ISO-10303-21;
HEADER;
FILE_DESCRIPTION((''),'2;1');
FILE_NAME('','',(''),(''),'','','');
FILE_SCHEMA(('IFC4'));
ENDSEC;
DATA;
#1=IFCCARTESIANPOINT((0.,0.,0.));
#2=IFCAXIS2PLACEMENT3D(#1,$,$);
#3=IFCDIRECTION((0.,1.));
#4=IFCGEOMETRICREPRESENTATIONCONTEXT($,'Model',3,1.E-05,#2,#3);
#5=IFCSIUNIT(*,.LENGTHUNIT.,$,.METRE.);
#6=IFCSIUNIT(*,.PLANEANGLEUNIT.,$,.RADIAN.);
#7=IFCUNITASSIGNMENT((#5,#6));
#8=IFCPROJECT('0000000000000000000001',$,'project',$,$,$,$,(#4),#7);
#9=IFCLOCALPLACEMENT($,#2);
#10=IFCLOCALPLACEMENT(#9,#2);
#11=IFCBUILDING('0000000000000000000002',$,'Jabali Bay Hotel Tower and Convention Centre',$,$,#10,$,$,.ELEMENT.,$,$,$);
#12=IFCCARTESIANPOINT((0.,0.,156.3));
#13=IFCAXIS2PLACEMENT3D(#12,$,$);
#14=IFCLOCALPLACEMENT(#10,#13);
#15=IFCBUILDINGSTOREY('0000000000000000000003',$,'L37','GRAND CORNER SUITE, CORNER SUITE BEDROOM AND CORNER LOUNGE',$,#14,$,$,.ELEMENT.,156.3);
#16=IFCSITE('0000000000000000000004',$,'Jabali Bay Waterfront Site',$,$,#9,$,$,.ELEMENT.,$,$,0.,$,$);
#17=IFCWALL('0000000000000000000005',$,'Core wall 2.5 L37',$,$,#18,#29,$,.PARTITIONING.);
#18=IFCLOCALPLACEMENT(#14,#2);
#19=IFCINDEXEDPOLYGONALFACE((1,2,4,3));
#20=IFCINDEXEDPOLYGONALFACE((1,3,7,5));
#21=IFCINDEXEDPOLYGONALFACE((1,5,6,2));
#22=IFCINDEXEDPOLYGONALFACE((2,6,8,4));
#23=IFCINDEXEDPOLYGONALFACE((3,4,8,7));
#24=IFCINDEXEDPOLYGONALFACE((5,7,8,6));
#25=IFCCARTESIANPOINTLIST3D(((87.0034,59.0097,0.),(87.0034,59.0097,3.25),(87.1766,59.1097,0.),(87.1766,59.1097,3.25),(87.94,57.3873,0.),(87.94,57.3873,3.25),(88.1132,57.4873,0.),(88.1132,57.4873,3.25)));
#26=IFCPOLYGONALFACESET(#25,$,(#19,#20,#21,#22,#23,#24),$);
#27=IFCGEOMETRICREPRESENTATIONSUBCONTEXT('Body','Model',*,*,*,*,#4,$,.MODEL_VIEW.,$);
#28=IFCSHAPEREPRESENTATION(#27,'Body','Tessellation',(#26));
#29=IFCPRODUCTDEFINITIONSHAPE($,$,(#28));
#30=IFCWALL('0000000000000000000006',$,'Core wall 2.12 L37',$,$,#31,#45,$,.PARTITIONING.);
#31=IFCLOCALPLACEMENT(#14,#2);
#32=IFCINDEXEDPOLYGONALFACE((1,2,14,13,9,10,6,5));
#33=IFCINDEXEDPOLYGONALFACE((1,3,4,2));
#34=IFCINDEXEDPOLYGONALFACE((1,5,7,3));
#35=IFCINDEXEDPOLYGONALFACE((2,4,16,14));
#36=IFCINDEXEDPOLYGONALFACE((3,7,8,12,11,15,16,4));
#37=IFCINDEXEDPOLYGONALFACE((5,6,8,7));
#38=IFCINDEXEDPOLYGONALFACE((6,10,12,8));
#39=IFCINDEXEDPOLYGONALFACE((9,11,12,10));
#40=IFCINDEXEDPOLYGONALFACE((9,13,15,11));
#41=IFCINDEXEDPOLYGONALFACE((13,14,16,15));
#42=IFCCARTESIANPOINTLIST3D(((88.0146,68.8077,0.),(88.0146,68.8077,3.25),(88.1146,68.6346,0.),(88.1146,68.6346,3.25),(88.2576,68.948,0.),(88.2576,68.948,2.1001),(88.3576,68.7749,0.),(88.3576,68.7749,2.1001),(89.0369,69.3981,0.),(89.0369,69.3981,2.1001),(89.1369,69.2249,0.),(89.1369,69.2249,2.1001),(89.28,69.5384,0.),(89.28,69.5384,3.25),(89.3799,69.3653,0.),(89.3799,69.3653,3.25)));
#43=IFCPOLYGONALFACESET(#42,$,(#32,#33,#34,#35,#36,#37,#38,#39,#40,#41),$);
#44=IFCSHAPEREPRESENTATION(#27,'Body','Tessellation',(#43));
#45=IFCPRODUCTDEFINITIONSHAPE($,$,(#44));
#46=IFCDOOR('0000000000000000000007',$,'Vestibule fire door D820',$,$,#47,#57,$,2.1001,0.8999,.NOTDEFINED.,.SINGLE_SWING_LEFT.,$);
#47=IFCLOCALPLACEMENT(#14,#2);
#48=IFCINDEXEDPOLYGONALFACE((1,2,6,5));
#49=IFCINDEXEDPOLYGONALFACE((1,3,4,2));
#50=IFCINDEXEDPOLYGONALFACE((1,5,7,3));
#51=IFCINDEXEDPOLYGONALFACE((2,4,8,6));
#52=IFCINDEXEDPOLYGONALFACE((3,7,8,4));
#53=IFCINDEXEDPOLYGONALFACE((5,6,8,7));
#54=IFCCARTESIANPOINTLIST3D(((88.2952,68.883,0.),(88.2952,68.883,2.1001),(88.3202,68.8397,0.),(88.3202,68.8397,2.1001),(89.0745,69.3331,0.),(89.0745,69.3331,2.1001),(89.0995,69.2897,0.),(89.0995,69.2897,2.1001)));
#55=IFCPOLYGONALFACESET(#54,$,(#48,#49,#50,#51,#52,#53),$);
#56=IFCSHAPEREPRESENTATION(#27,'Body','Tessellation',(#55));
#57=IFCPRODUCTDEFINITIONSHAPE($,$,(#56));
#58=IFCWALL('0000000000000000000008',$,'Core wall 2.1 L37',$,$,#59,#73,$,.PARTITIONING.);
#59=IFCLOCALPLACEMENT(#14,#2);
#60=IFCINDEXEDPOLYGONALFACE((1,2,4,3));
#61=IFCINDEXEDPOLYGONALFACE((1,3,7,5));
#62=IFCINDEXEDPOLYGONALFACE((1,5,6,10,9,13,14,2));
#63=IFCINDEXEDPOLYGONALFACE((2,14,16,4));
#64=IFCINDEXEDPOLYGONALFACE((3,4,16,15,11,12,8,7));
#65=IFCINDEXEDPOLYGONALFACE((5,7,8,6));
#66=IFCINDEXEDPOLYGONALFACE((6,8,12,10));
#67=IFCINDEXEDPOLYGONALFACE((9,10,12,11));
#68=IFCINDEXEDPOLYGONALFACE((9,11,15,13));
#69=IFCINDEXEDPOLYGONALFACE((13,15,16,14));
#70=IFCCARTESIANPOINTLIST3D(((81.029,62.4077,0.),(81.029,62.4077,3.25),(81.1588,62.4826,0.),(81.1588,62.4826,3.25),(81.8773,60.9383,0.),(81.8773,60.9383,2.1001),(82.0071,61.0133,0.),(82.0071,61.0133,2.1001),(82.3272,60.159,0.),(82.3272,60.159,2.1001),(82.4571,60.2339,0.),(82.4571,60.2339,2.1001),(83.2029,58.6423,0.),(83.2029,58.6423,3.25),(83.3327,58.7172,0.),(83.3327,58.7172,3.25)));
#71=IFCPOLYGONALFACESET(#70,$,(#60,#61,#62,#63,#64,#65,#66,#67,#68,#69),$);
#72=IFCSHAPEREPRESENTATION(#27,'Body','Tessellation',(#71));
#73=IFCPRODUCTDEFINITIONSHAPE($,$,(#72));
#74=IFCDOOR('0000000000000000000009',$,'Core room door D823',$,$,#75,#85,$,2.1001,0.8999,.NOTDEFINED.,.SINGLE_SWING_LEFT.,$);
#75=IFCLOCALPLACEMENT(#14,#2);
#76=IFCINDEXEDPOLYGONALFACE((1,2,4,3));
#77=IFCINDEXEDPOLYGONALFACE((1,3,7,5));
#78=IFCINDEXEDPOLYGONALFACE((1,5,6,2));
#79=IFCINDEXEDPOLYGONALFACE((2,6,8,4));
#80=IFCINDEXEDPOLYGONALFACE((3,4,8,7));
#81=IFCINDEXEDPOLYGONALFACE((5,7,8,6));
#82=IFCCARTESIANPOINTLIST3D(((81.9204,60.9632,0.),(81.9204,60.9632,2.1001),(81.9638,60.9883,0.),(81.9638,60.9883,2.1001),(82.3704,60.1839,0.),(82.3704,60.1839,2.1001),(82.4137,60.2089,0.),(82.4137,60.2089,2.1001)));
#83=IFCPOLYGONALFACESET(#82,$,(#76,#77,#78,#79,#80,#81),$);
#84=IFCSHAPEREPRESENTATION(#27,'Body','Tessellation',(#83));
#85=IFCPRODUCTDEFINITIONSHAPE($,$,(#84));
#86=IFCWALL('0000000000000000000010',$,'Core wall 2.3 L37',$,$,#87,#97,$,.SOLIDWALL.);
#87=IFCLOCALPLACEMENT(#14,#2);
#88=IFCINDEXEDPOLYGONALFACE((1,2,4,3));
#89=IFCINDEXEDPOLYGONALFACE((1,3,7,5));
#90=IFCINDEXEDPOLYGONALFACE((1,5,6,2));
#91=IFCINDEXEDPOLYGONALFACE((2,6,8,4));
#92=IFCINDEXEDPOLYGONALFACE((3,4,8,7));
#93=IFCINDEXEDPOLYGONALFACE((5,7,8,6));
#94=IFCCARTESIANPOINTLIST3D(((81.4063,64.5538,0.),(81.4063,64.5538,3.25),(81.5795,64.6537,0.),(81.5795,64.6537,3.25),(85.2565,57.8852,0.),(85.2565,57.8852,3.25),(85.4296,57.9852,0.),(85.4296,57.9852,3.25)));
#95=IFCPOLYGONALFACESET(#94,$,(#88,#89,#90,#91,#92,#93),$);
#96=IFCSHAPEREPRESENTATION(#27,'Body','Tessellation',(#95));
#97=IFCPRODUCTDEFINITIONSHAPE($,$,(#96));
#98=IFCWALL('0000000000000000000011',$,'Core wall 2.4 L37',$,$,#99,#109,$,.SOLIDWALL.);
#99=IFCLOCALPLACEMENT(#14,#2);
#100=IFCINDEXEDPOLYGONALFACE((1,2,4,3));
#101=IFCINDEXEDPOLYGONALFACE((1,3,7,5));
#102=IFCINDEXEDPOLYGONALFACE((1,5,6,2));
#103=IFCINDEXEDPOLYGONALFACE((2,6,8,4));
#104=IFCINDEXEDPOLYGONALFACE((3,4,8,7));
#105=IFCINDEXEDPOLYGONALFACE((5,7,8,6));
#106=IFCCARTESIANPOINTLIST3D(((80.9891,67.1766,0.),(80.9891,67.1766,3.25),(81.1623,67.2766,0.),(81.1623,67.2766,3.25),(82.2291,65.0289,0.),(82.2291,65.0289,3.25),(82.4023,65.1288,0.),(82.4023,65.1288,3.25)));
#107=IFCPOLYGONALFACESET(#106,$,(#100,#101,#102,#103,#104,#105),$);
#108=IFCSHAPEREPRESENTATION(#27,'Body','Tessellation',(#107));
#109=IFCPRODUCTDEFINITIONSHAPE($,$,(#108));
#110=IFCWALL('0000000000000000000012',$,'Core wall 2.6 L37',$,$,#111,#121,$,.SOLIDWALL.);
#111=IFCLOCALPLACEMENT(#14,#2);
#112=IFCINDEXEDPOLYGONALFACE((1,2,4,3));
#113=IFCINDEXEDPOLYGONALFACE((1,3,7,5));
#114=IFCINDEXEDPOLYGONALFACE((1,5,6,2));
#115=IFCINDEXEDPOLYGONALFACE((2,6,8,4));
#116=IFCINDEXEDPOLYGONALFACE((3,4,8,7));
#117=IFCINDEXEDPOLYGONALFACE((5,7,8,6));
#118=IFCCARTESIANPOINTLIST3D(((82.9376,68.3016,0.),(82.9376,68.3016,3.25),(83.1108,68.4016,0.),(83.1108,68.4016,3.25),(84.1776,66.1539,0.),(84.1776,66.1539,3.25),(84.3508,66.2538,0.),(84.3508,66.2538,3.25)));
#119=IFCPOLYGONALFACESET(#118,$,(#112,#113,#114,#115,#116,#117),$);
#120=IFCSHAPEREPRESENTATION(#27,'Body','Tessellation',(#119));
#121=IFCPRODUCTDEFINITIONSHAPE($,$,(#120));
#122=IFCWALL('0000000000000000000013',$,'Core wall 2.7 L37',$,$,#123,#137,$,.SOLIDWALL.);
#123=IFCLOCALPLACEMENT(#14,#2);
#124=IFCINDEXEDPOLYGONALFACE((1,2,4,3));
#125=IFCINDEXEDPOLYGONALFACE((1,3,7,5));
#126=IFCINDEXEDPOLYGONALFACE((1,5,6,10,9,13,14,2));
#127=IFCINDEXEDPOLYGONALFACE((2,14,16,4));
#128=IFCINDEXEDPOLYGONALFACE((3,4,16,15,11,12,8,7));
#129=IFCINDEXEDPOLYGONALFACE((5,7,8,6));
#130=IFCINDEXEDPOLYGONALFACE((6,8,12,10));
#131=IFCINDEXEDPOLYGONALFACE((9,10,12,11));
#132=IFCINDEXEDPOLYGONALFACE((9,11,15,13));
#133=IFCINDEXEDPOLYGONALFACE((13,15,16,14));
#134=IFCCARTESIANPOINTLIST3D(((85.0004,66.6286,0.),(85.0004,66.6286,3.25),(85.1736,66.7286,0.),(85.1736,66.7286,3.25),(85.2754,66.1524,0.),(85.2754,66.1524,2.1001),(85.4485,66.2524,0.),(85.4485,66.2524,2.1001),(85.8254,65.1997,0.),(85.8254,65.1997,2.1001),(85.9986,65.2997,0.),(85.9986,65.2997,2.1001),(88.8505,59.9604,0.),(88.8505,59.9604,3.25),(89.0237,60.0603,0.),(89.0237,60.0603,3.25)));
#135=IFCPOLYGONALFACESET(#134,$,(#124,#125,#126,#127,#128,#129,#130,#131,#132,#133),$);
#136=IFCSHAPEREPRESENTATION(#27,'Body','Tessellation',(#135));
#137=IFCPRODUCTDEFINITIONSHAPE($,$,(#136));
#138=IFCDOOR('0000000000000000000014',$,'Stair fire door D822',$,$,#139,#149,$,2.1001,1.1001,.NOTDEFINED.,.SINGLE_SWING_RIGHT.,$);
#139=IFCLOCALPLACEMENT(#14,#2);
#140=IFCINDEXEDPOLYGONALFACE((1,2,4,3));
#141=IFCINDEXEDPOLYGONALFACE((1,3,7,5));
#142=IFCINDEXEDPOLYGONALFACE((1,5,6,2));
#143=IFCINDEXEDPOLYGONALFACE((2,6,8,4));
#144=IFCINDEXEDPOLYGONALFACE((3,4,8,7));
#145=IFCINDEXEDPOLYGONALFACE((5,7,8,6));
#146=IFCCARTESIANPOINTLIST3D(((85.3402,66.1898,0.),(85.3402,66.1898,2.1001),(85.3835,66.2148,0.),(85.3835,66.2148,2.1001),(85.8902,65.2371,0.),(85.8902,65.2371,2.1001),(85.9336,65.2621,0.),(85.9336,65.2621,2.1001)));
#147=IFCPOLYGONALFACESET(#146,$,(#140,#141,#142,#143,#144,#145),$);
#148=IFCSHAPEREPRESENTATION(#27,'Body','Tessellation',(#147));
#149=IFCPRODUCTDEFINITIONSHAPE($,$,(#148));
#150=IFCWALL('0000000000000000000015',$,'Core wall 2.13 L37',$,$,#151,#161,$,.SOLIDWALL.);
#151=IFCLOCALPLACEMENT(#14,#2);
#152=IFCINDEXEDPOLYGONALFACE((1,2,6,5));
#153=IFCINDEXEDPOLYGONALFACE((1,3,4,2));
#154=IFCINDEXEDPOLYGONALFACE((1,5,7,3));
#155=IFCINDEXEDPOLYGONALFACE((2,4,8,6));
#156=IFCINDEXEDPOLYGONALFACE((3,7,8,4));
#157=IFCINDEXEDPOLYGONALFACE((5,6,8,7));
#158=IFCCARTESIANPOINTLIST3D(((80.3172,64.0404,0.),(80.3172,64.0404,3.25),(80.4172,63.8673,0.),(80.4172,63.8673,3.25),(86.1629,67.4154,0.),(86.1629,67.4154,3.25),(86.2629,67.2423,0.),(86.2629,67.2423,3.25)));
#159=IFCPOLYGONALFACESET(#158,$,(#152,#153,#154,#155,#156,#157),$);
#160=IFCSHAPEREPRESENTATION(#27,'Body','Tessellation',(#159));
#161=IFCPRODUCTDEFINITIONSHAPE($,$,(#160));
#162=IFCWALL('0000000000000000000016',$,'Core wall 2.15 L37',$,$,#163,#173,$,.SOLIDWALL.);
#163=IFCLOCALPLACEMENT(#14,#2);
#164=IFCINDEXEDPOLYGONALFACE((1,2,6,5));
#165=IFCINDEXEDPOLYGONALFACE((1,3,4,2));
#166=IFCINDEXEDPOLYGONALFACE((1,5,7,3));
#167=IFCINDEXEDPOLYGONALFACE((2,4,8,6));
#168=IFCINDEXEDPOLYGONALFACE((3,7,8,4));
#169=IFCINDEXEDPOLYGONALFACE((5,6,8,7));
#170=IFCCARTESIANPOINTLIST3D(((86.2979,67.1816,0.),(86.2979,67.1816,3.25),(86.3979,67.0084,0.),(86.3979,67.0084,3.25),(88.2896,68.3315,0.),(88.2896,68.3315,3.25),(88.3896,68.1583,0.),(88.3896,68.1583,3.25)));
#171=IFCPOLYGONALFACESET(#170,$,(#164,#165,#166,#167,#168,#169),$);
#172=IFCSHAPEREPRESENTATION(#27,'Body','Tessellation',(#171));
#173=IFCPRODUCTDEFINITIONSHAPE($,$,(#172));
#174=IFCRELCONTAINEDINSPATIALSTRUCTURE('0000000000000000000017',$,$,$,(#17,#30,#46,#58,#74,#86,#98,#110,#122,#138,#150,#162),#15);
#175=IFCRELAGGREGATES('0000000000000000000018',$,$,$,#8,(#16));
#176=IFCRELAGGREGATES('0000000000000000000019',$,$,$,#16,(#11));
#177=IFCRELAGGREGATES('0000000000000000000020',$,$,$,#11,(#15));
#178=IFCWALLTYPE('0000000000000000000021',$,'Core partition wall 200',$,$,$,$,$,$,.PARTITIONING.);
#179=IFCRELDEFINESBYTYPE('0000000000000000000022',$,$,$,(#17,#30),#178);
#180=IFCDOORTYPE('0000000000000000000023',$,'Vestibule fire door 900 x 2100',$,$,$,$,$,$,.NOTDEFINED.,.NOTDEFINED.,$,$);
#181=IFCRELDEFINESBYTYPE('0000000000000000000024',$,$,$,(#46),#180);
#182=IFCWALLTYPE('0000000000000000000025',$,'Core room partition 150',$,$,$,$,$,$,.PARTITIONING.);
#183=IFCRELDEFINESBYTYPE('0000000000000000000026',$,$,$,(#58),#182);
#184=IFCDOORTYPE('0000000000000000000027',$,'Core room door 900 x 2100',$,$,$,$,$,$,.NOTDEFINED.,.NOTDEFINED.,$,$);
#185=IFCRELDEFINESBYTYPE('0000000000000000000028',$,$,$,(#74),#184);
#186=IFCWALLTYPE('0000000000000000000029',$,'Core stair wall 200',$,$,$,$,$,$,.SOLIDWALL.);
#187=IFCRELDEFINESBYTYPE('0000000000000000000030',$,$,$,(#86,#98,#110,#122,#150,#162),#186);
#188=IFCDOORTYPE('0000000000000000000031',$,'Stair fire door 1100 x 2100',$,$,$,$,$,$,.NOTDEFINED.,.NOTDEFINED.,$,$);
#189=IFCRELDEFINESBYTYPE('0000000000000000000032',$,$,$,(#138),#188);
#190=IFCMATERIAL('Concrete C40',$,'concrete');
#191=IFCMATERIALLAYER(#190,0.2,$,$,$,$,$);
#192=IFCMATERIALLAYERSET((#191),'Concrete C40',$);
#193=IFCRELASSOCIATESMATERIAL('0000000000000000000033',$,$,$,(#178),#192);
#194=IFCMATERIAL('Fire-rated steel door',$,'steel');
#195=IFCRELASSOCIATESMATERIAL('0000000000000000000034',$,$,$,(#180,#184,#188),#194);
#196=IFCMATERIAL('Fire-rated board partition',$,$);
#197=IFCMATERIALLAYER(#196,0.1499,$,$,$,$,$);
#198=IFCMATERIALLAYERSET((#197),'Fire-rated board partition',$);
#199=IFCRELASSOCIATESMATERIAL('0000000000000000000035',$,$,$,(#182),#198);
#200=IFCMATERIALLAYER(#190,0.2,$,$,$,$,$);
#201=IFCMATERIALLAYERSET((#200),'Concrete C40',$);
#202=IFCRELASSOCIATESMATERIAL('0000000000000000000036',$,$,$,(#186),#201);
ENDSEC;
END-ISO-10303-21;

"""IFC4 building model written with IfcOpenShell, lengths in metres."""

from ifc_helpers import new_model, si_unit, direction, frame, frame_2d, origin, place, context, subcontext, project, spatial, rectangle, extrude, material, layer, layer_set, type_object, element, fill, save


model = new_model("IFC4")

# Units and contexts
model_context = context("Model", 3, precision=1e-05, world=origin(), true_north=direction((0.0, 1.0)))
body_context = subcontext(model_context, "Body", "Model", "MODEL_VIEW")
ifc_project = project(units=[si_unit("LENGTHUNIT", "METRE"), si_unit("PLANEANGLEUNIT", "RADIAN")], contexts=[model_context])

# Site, building, storey
site_placement = place(None, origin())
site = spatial("IfcSite", under=ifc_project, at=site_placement, Name="Jabali Bay Waterfront Site", CompositionType="ELEMENT", RefElevation=0.0)
building_placement = place(site_placement, origin())
building = spatial("IfcBuilding", under=site, at=building_placement, Name="Jabali Bay Hotel Tower and Convention Centre", CompositionType="ELEMENT")
storey_placement = place(building_placement, frame((0.0, 0.0, 156.3)))
storey = spatial("IfcBuildingStorey", under=building, at=storey_placement, Name="L37", Description="GRAND CORNER SUITE, CORNER SUITE BEDROOM AND CORNER LOUNGE", CompositionType="ELEMENT", Elevation=156.3)

# Wall
ifc_material_1 = material(Name="Concrete C40", Category="concrete")
ifc_layer_1 = layer(ifc_material_1, 0.2)
ifc_layer_set_1 = layer_set([ifc_layer_1], Name="Concrete C40")
wall_type_1 = type_object("IfcWallType", Name="Core partition wall 200", PredefinedType="PARTITIONING", material=ifc_layer_set_1)
wall_1_placement = place(storey_placement, frame((87.0901, 59.0596, 0.0), z_axis=(0.0, 0.0, 1.0), x_axis=(0.499952, -0.866053, 0.0)))
element("IfcWall", 1, at=wall_1_placement, inside=storey, type_object=wall_type_1, Name="Core wall 2.5 L37", PredefinedType="PARTITIONING", context=body_context, shape_type="SweptSolid", body=[
    extrude(rectangle(XDim=1.8733, YDim=0.2, at=frame_2d((0.9365, 0.0))), origin(), (0.0, 0.0, 1.0), 3.25),
])

# Walls, openings, doors
wall_2_placement = place(storey_placement, frame((88.0647, 68.7212, 0.0), z_axis=(0.0, 0.0, 1.0), x_axis=(0.865982, 0.500074, 0.0)))
wall_2 = element("IfcWall", 2, at=wall_2_placement, inside=storey, type_object=wall_type_1, Name="Core wall 2.12 L37", PredefinedType="PARTITIONING", context=body_context, shape_type="SweptSolid", body=[
    extrude(rectangle(XDim=1.4612, YDim=0.2, at=frame_2d((0.7305, 0.0))), origin(), (0.0, 0.0, 1.0), 3.25),
])
opening_1_placement = place(wall_2_placement, frame((0.2805, 0.0, 0.0)))
opening_1 = element("IfcOpeningElement", 3, at=opening_1_placement, cuts=wall_2, PredefinedType="OPENING", context=body_context, shape_type="SweptSolid", body=[
    extrude(rectangle(XDim=0.8999, YDim=2.1001, at=frame_2d((0.45, 1.05))), frame((0.0, 0.1104, 0.0), z_axis=(0.0, -1.0, 0.0), x_axis=(1.0, 0.0, 0.0)), (0.0, 0.0, 1.0), 0.2209),
])
ifc_material_2 = material(Name="Fire-rated steel door", Category="steel")
door_type_1 = type_object("IfcDoorType", Name="Vestibule fire door 900 x 2100", OperationType="NOTDEFINED", PredefinedType="NOTDEFINED", material=ifc_material_2)
door_1_placement = place(opening_1_placement, origin())
door_1 = element("IfcDoor", 4, at=door_1_placement, inside=storey, type_object=door_type_1, Name="Vestibule fire door D820", OperationType="SINGLE_SWING_LEFT", OverallHeight=2.1001, OverallWidth=0.8999, PredefinedType="NOTDEFINED", context=body_context, shape_type="SweptSolid", body=[
    extrude(rectangle(XDim=0.8999, YDim=2.1001, at=frame_2d((0.45, 1.05))), frame((0.0, 0.0249, 0.0), z_axis=(0.0, -1.0, 0.0), x_axis=(1.0, 0.0, 0.0)), (0.0, 0.0, 1.0), 0.05),
])
fill(opening_1, door_1)
ifc_material_3 = material(Name="Fire-rated board partition")
ifc_layer_2 = layer(ifc_material_3, 0.1499)
ifc_layer_set_2 = layer_set([ifc_layer_2], Name="Fire-rated board partition")
wall_type_2 = type_object("IfcWallType", Name="Core room partition 150", PredefinedType="PARTITIONING", material=ifc_layer_set_2)
wall_3_placement = place(storey_placement, frame((81.094, 62.4451, 0.0), z_axis=(0.0, 0.0, 1.0), x_axis=(0.49998, -0.866037, 0.0)))
wall_3 = element("IfcWall", 5, at=wall_3_placement, inside=storey, type_object=wall_type_2, Name="Core wall 2.1 L37", PredefinedType="PARTITIONING", context=body_context, shape_type="SweptSolid", body=[
    extrude(rectangle(XDim=4.3479, YDim=0.1499, at=frame_2d((2.1738, 0.0))), origin(), (0.0, 0.0, 1.0), 3.25),
])
opening_2_placement = place(wall_3_placement, frame((1.6965, 0.0, 0.0)))
opening_2 = element("IfcOpeningElement", 6, at=opening_2_placement, cuts=wall_3, PredefinedType="OPENING", context=body_context, shape_type="SweptSolid", body=[
    extrude(rectangle(XDim=0.8999, YDim=2.1001, at=frame_2d((0.45, 1.05))), frame((0.0, 0.0854, 0.0), z_axis=(0.0, -1.0, 0.0), x_axis=(1.0, 0.0, 0.0)), (0.0, 0.0, 1.0), 0.1709),
])
door_type_2 = type_object("IfcDoorType", Name="Core room door 900 x 2100", OperationType="NOTDEFINED", PredefinedType="NOTDEFINED", material=ifc_material_2)
door_2_placement = place(opening_2_placement, origin())
door_2 = element("IfcDoor", 7, at=door_2_placement, inside=storey, type_object=door_type_2, Name="Core room door D823", OperationType="SINGLE_SWING_LEFT", OverallHeight=2.1001, OverallWidth=0.8999, PredefinedType="NOTDEFINED", context=body_context, shape_type="SweptSolid", body=[
    extrude(rectangle(XDim=0.8999, YDim=2.1001, at=frame_2d((0.45, 1.05))), frame((0.0, 0.0249, 0.0), z_axis=(0.0, -1.0, 0.0), x_axis=(1.0, 0.0, 0.0)), (0.0, 0.0, 1.0), 0.05),
])
fill(opening_2, door_2)

# Walls
ifc_layer_3 = layer(ifc_material_1, 0.2)
ifc_layer_set_3 = layer_set([ifc_layer_3], Name="Concrete C40")
wall_type_3 = type_object("IfcWallType", Name="Core stair wall 200", PredefinedType="SOLIDWALL", material=ifc_layer_set_3)
wall_4_placement = place(storey_placement, frame((81.4929, 64.6038, 0.0), z_axis=(0.0, 0.0, 1.0), x_axis=(0.500006, -0.866022, 0.0)))
element("IfcWall", 8, at=wall_4_placement, inside=storey, type_object=wall_type_3, Name="Core wall 2.3 L37", PredefinedType="SOLIDWALL", context=body_context, shape_type="SweptSolid", body=[
    extrude(rectangle(XDim=7.7002, YDim=0.2, at=frame_2d((3.8501, 0.0))), origin(), (0.0, 0.0, 1.0), 3.25),
])
for number, where, z_axis, x_axis, name in (
    (9, (81.0757, 67.2266, 0.0), (0.0, 0.0, 1.0), (0.500004, -0.866023, 0.0), "Core wall 2.4 L37"),
    (10, (83.0242, 68.3516, 0.0), (0.0, 0.0, 1.0), (0.500004, -0.866023, 0.0), "Core wall 2.6 L37"),
):
    element("IfcWall", number, at=place(storey_placement, frame(where, z_axis=z_axis, x_axis=x_axis)), inside=storey, type_object=wall_type_3, Name=name, PredefinedType="SOLIDWALL", context=body_context, shape_type="SweptSolid", body=[
        extrude(rectangle(XDim=2.48, YDim=0.2, at=frame_2d((1.24, 0.0))), origin(), (0.0, 0.0, 1.0), 3.25),
    ])

# Wall, opening, door
wall_5_placement = place(storey_placement, frame((85.0869, 66.6787, 0.0), z_axis=(0.0, 0.0, 1.0), x_axis=(0.50002, -0.866014, 0.0)))
wall_5 = element("IfcWall", 11, at=wall_5_placement, inside=storey, type_object=wall_type_3, Name="Core wall 2.7 L37", PredefinedType="SOLIDWALL", context=body_context, shape_type="SweptSolid", body=[
    extrude(rectangle(XDim=7.7, YDim=0.2, at=frame_2d((3.8501, 0.0))), origin(), (0.0, 0.0, 1.0), 3.25),
])
opening_3_placement = place(wall_5_placement, frame((0.55, 0.0, 0.0)))
opening_3 = element("IfcOpeningElement", 12, at=opening_3_placement, cuts=wall_5, PredefinedType="OPENING", context=body_context, shape_type="SweptSolid", body=[
    extrude(rectangle(XDim=1.1001, YDim=2.1001, at=frame_2d((0.55, 1.05))), frame((0.0, 0.1104, 0.0), z_axis=(0.0, -1.0, 0.0), x_axis=(1.0, 0.0, 0.0)), (0.0, 0.0, 1.0), 0.2209),
])
door_type_3 = type_object("IfcDoorType", Name="Stair fire door 1100 x 2100", OperationType="NOTDEFINED", PredefinedType="NOTDEFINED", material=ifc_material_2)
door_3_placement = place(opening_3_placement, origin())
door_3 = element("IfcDoor", 13, at=door_3_placement, inside=storey, type_object=door_type_3, Name="Stair fire door D822", OperationType="SINGLE_SWING_RIGHT", OverallHeight=2.1001, OverallWidth=1.1001, PredefinedType="NOTDEFINED", context=body_context, shape_type="SweptSolid", body=[
    extrude(rectangle(XDim=1.1001, YDim=2.1001, at=frame_2d((0.55, 1.05))), frame((0.0, 0.0249, 0.0), z_axis=(0.0, -1.0, 0.0), x_axis=(1.0, 0.0, 0.0)), (0.0, 0.0, 1.0), 0.05),
])
fill(opening_3, door_3)

# Walls
wall_6_placement = place(storey_placement, frame((80.3672, 63.9539, 0.0), z_axis=(0.0, 0.0, 1.0), x_axis=(0.866027, 0.499998, 0.0)))
element("IfcWall", 14, at=wall_6_placement, inside=storey, type_object=wall_type_3, Name="Core wall 2.13 L37", PredefinedType="SOLIDWALL", context=body_context, shape_type="SweptSolid", body=[
    extrude(rectangle(XDim=6.75, YDim=0.2, at=frame_2d((3.375, 0.0))), origin(), (0.0, 0.0, 1.0), 3.25),
])
wall_7_placement = place(storey_placement, frame((86.3479, 67.095, 0.0), z_axis=(0.0, 0.0, 1.0), x_axis=(0.866026, 0.499998, 0.0)))
element("IfcWall", 15, at=wall_7_placement, inside=storey, type_object=wall_type_3, Name="Core wall 2.15 L37", PredefinedType="SOLIDWALL", context=body_context, shape_type="SweptSolid", body=[
    extrude(rectangle(XDim=2.2998, YDim=0.2, at=frame_2d((1.1499, 0.0))), origin(), (0.0, 0.0, 1.0), 3.25),
])

save(model, "model.ifc")
